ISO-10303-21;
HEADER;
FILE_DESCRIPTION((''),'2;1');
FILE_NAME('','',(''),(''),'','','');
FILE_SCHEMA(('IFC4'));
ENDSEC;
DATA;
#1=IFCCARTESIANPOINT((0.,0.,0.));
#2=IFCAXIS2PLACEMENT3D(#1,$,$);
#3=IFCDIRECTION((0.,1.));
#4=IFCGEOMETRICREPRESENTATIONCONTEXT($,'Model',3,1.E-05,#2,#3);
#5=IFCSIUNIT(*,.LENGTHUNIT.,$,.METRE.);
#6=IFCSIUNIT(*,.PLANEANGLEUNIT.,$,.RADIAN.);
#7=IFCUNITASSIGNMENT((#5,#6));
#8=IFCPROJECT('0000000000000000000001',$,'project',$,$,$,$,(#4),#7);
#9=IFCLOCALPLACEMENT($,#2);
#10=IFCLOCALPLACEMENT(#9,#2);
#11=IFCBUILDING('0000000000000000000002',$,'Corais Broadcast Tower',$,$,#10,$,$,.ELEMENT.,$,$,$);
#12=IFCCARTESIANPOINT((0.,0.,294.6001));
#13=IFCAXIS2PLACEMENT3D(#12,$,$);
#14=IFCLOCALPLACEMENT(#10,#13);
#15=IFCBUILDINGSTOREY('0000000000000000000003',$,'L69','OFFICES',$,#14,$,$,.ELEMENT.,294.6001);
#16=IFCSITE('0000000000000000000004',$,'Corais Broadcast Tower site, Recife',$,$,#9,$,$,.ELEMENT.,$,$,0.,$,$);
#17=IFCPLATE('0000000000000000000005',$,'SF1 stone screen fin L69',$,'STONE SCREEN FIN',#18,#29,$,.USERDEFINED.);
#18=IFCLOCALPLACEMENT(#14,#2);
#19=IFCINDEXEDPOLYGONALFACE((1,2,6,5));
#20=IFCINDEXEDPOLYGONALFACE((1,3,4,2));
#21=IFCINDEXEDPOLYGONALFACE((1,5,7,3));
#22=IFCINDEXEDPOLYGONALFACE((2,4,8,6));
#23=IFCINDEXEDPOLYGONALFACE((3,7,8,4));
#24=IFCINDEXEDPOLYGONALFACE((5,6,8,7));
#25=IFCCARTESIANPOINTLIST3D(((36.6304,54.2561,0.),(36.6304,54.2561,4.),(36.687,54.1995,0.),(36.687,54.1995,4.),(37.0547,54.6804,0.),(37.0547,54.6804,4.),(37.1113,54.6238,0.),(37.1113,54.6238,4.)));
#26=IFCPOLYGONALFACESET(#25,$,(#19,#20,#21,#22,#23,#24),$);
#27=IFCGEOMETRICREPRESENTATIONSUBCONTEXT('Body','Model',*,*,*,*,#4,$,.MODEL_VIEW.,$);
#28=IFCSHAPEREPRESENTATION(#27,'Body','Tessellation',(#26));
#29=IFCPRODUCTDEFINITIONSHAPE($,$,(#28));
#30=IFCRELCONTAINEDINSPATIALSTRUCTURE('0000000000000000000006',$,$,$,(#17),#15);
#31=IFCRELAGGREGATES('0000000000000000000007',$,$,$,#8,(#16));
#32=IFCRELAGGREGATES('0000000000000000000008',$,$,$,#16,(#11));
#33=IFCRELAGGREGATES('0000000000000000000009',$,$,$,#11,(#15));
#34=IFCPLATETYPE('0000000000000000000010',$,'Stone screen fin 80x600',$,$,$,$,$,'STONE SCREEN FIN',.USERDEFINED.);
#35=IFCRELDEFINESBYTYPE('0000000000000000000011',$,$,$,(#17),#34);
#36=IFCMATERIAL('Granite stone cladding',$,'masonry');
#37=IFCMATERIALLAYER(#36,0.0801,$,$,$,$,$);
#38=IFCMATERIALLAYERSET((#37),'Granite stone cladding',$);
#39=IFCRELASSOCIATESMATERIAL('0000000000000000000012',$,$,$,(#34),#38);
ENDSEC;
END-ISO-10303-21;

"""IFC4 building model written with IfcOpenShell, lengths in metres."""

from ifc_helpers import new_model, si_unit, direction, frame, origin, origin_2d, place, context, subcontext, project, spatial, rectangle, extrude, material, layer, layer_set, type_object, element, save


model = new_model("IFC4")

# Units and contexts
model_context = context("Model", 3, precision=1e-05, world=origin(), true_north=direction((0.0, 1.0)))
body_context = subcontext(model_context, "Body", "Model", "MODEL_VIEW")
ifc_project = project(units=[si_unit("LENGTHUNIT", "METRE"), si_unit("PLANEANGLEUNIT", "RADIAN")], contexts=[model_context])

# Site, building, storey
site_placement = place(None, origin())
site = spatial("IfcSite", under=ifc_project, at=site_placement, Name="Corais Broadcast Tower site, Recife", CompositionType="ELEMENT", RefElevation=0.0)
building_placement = place(site_placement, origin())
building = spatial("IfcBuilding", under=site, at=building_placement, Name="Corais Broadcast Tower", CompositionType="ELEMENT")
storey_placement = place(building_placement, frame((0.0, 0.0, 294.6001)))
storey = spatial("IfcBuildingStorey", under=building, at=storey_placement, Name="L69", Description="OFFICES", CompositionType="ELEMENT", Elevation=294.6001)

# Plate
ifc_material_1 = material(Name="Granite stone cladding", Category="masonry")
ifc_layer_1 = layer(ifc_material_1, 0.0801)
ifc_layer_set_1 = layer_set([ifc_layer_1], Name="Granite stone cladding")
plate_type_1 = type_object("IfcPlateType", Name="Stone screen fin 80x600", ElementType="STONE SCREEN FIN", PredefinedType="USERDEFINED", material=ifc_layer_set_1)
plate_1_placement = place(storey_placement, frame((36.8708, 54.4399, 0.0), z_axis=(0.0, 0.0, 1.0), x_axis=(0.707107, -0.707107, 0.0)))
element("IfcPlate", 1, at=plate_1_placement, inside=storey, type_object=plate_type_1, Name="SF1 stone screen fin L69", ObjectType="STONE SCREEN FIN", PredefinedType="USERDEFINED", context=body_context, shape_type="SweptSolid", body=[
    extrude(rectangle(XDim=0.0801, YDim=0.6001, at=origin_2d()), origin(), (0.0, 0.0, 1.0), 4.0),
])

save(model, "model.ifc")
